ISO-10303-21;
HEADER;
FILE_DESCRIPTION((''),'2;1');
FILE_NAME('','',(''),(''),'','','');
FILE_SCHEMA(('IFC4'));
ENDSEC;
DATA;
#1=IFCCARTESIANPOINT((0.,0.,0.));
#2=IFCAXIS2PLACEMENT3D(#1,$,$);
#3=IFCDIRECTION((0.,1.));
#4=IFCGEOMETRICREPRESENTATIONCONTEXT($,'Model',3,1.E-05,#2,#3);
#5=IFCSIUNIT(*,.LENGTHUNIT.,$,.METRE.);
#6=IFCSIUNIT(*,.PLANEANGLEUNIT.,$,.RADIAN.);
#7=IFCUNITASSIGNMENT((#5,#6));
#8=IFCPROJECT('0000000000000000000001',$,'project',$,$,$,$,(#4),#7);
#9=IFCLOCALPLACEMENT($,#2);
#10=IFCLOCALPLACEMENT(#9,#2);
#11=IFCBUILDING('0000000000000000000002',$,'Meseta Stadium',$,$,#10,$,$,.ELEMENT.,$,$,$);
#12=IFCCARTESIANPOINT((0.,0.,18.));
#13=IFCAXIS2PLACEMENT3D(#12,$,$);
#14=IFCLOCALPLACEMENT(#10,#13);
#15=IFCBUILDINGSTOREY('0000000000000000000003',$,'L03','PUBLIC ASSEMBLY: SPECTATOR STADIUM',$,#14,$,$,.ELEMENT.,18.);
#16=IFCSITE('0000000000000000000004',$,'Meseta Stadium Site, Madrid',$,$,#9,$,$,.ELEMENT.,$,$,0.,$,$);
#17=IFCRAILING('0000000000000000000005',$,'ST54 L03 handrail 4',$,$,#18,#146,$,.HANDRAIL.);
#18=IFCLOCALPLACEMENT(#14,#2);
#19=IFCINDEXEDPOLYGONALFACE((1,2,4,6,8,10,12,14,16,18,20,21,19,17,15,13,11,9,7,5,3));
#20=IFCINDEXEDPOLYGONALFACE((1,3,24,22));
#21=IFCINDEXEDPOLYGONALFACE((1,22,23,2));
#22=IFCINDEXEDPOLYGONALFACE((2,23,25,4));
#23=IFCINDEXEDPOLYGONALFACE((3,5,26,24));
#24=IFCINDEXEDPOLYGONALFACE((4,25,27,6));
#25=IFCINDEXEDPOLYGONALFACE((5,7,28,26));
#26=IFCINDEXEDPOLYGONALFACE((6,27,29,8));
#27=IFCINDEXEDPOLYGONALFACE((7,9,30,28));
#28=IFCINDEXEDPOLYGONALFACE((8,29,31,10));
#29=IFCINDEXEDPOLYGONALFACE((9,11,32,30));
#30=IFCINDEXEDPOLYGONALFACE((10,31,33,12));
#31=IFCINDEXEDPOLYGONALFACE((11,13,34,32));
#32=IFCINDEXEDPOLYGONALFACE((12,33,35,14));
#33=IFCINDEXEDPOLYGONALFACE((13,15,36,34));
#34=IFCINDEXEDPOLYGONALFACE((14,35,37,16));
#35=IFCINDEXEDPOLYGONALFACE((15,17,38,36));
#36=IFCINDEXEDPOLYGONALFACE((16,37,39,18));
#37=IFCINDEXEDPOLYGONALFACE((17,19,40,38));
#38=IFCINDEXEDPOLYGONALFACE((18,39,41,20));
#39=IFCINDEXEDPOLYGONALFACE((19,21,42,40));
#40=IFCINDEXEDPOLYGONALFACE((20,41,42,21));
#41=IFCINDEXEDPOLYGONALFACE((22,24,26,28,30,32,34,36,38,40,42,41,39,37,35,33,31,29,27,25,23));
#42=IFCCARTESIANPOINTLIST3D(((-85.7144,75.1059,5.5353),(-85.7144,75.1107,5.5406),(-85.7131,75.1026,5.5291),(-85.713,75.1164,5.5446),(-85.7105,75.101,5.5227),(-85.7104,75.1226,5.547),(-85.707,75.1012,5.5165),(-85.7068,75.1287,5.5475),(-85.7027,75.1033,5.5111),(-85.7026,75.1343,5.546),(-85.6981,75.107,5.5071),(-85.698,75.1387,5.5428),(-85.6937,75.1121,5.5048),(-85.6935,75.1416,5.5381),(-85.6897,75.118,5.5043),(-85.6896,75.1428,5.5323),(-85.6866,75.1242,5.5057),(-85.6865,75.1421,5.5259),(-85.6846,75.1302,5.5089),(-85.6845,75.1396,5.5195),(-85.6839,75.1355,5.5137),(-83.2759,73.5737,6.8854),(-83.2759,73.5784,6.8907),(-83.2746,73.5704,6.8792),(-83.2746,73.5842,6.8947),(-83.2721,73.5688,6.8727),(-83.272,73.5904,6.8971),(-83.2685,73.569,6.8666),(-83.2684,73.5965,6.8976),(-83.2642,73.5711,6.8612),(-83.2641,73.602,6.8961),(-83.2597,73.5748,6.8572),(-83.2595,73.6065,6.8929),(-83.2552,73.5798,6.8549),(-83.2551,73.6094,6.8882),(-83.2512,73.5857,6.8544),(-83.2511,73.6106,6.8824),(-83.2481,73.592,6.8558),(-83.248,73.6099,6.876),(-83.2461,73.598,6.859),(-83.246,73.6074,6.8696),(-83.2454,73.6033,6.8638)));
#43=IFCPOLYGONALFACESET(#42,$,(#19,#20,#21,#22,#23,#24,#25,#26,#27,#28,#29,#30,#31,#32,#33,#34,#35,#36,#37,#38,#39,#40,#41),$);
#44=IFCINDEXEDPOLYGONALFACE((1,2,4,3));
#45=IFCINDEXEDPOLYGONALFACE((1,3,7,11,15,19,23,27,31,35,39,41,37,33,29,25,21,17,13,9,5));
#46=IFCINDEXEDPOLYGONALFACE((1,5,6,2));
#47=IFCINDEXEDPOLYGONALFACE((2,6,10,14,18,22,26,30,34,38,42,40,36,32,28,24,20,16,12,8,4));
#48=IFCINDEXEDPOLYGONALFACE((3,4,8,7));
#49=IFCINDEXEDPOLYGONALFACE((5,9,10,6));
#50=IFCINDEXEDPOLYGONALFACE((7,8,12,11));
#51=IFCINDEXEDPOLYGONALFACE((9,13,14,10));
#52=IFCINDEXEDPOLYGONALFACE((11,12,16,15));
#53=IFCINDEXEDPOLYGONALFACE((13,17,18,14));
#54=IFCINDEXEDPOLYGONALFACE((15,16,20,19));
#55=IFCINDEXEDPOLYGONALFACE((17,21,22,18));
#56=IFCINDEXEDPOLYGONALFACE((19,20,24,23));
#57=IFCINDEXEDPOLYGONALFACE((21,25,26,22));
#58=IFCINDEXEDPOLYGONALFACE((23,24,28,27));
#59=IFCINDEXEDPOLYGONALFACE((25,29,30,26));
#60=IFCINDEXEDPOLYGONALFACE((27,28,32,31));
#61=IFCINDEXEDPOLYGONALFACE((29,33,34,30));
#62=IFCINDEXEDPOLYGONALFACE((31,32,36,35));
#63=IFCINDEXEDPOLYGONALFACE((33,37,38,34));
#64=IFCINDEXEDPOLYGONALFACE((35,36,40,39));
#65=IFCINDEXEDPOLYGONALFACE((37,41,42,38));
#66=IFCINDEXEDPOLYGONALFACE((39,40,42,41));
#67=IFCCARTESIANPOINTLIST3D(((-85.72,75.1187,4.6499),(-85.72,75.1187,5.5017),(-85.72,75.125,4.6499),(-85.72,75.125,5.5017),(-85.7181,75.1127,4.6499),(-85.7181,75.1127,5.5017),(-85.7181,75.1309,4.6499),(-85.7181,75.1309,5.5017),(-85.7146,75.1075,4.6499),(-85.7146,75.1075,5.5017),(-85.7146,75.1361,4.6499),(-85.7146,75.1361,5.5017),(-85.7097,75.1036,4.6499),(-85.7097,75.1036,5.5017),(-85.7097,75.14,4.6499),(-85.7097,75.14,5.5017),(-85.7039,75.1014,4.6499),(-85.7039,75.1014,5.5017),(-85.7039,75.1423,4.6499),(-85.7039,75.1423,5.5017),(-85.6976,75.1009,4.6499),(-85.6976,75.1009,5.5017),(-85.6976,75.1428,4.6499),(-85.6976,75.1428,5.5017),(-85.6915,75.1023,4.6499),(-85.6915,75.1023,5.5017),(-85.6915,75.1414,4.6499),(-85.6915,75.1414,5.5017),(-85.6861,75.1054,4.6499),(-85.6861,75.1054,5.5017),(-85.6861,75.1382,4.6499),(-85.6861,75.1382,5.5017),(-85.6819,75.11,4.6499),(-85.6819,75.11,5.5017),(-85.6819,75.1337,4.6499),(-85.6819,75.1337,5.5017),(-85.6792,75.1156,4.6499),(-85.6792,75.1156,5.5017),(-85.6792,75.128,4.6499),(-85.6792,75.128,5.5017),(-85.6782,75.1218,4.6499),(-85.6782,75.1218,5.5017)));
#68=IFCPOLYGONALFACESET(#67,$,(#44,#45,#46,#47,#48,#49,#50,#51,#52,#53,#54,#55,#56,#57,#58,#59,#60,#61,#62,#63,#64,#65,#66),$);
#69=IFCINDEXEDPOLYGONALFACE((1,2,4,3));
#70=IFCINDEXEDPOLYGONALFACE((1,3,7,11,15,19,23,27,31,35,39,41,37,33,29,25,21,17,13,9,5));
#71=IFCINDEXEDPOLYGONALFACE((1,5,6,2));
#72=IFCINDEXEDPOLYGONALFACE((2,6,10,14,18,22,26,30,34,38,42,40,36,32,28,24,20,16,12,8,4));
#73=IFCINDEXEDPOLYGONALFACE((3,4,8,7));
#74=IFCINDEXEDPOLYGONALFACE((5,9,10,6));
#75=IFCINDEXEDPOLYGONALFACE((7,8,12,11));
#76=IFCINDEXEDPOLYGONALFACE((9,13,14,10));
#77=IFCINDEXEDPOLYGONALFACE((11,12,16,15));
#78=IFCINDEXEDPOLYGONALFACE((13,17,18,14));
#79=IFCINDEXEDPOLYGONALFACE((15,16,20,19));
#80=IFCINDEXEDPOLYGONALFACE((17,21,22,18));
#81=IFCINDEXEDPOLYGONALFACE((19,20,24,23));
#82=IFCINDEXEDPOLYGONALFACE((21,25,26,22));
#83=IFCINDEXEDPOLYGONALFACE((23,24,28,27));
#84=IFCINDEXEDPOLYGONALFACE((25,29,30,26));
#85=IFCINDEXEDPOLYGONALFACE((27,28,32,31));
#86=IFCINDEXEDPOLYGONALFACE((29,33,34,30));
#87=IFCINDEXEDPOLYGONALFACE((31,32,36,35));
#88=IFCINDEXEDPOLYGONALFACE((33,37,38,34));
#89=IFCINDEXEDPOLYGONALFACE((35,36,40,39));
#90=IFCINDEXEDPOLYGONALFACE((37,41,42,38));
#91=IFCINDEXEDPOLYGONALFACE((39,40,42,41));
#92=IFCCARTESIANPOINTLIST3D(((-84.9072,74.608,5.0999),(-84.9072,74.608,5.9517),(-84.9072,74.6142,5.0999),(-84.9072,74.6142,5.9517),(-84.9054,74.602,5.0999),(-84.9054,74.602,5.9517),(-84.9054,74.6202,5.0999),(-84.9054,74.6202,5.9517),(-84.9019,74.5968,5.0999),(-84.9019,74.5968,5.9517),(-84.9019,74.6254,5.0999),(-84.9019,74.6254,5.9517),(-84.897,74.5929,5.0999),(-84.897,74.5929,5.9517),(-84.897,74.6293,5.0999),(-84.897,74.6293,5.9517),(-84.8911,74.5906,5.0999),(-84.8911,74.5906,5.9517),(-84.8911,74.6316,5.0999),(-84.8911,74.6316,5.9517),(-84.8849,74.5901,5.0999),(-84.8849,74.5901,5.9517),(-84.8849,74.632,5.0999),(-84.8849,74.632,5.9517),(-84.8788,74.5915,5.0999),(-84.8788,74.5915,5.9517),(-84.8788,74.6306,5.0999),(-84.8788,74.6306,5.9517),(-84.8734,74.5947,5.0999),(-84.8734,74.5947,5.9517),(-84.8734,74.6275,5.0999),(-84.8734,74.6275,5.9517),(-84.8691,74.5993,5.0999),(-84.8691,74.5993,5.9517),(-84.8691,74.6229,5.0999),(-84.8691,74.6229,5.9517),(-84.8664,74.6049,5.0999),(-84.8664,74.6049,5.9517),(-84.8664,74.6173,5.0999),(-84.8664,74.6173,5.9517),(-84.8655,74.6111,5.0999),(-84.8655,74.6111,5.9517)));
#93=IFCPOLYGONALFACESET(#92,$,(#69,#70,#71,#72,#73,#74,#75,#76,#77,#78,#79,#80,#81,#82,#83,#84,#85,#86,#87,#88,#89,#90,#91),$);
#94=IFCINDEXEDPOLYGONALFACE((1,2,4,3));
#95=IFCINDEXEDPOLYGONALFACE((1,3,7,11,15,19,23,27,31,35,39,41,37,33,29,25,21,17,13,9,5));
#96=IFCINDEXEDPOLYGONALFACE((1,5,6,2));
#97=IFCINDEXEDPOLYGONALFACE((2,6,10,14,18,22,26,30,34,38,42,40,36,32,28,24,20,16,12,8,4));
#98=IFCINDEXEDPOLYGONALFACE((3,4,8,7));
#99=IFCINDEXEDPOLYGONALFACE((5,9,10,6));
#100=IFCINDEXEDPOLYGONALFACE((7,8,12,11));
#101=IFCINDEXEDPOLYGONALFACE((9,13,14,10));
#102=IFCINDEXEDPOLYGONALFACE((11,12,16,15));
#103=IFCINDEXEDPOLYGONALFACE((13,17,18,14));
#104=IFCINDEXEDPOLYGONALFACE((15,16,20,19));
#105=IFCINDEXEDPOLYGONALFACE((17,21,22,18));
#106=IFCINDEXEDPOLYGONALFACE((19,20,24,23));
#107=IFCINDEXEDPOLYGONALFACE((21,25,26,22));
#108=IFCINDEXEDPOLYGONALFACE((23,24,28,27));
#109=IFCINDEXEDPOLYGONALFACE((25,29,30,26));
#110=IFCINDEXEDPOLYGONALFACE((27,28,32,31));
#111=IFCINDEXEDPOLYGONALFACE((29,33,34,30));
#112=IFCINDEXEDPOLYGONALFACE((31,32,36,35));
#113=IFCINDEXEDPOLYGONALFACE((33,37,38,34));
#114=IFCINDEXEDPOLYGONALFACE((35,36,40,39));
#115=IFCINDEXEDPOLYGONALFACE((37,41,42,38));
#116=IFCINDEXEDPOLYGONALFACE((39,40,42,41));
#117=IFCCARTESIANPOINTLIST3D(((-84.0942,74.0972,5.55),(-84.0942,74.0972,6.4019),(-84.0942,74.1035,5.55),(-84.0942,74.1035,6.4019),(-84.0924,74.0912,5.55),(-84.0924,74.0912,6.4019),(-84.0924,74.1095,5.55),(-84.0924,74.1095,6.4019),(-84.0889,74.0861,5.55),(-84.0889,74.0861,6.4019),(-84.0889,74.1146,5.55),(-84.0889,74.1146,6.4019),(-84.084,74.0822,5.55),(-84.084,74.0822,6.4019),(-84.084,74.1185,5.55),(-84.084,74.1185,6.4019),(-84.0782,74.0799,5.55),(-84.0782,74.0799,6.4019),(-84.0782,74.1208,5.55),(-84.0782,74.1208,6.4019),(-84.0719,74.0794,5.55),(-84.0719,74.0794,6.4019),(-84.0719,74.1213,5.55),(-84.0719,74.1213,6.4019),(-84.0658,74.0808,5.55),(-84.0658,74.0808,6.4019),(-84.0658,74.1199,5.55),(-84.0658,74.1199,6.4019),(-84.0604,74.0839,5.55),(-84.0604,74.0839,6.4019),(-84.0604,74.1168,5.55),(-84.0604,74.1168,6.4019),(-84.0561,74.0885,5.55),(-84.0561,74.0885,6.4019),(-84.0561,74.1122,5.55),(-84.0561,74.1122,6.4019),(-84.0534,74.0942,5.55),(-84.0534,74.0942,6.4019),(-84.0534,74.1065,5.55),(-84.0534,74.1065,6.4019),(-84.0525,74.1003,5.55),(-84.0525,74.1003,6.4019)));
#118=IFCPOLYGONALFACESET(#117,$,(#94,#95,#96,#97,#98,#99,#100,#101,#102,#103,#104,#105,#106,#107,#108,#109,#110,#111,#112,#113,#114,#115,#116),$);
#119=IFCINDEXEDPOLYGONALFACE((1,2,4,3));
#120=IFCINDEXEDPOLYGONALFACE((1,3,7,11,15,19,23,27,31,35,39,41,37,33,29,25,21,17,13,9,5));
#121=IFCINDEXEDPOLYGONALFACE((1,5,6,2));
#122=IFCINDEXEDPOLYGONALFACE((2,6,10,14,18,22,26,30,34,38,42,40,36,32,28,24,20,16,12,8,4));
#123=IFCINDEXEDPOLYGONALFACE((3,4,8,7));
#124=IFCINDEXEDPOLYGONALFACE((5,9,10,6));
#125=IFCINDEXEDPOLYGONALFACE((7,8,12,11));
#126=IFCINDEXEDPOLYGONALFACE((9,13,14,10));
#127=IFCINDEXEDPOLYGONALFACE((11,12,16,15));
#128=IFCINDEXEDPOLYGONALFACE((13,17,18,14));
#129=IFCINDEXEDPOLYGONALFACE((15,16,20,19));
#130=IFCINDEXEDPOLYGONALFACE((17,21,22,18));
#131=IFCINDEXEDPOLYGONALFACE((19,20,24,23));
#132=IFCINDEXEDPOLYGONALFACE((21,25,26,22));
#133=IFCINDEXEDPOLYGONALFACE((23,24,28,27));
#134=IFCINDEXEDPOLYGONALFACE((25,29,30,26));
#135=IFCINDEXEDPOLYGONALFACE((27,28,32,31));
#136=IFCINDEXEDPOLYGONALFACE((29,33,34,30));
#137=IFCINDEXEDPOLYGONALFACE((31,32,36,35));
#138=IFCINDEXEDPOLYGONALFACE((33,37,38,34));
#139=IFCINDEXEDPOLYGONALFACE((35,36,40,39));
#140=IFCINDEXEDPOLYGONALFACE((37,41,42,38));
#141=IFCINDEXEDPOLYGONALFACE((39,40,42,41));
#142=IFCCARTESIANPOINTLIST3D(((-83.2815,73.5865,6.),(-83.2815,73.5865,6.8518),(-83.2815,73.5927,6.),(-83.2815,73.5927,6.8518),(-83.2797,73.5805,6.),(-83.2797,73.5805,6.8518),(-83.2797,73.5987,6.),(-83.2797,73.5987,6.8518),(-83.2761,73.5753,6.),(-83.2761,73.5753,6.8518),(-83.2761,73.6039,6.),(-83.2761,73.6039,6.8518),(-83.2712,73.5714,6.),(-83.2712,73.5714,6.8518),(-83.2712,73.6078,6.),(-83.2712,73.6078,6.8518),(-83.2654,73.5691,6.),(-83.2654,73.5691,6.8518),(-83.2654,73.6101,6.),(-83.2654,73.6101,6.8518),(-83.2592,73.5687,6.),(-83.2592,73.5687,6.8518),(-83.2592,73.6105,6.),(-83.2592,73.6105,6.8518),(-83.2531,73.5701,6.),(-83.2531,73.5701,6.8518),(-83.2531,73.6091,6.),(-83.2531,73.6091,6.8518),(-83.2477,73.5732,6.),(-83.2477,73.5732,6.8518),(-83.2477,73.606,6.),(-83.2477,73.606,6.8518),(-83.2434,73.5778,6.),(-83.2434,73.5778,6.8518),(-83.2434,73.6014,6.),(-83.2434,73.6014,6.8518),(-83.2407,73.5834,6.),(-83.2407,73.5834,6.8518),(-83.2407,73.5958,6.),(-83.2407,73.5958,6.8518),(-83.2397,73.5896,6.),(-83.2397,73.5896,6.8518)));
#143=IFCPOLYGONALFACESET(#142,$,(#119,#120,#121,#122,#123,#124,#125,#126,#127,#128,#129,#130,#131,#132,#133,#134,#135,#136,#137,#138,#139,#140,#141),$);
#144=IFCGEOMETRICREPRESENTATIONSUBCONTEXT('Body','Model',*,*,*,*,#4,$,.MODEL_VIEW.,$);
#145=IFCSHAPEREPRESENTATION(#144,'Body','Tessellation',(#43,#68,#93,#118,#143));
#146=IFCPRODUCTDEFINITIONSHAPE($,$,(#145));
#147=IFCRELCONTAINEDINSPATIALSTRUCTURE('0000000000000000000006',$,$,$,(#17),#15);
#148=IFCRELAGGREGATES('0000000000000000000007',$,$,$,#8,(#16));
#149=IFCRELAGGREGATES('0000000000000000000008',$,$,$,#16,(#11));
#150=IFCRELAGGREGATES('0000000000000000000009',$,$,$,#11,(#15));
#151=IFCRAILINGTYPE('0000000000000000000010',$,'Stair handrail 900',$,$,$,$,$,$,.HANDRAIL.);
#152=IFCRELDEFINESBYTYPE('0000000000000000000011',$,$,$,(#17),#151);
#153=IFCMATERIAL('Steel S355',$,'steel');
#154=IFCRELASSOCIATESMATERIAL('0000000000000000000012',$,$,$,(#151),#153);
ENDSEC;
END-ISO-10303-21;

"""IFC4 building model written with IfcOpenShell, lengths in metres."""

from ifc_helpers import new_model, si_unit, direction, frame, origin, origin_2d, place, context, subcontext, project, spatial, circle, extrude, material, type_object, element, save


model = new_model("IFC4")

# Units and contexts
model_context = context("Model", 3, precision=1e-05, world=origin(), true_north=direction((0.0, 1.0)))
body_context = subcontext(model_context, "Body", "Model", "MODEL_VIEW")
ifc_project = project(units=[si_unit("LENGTHUNIT", "METRE"), si_unit("PLANEANGLEUNIT", "RADIAN")], contexts=[model_context])

# Site, building, storey
site_placement = place(None, origin())
site = spatial("IfcSite", under=ifc_project, at=site_placement, Name="Meseta Stadium Site, Madrid", CompositionType="ELEMENT", RefElevation=0.0)
building_placement = place(site_placement, origin())
building = spatial("IfcBuilding", under=site, at=building_placement, Name="Meseta Stadium", CompositionType="ELEMENT")
storey_placement = place(building_placement, frame((0.0, 0.0, 18.0)))
storey = spatial("IfcBuildingStorey", under=building, at=storey_placement, Name="L03", Description="PUBLIC ASSEMBLY: SPECTATOR STADIUM", CompositionType="ELEMENT", Elevation=18.0)

# Railing
ifc_material_1 = material(Name="Steel S355", Category="steel")
railing_type_1 = type_object("IfcRailingType", Name="Stair handrail 900", PredefinedType="HANDRAIL", material=ifc_material_1)
for number, where, name in (
    (1, (-85.6992, 75.1218, 4.6499), "ST54 L03 handrail 4"),
):
    element("IfcRailing", number, at=place(storey_placement, frame(where)), inside=storey, type_object=railing_type_1, Name=name, PredefinedType="HANDRAIL", context=body_context, shape_type="SweptSolid", body=[
        extrude(circle(Radius=0.0239, at=origin_2d()), frame((0.0, 0.0, 0.876), z_axis=(0.766655, -0.481731, 0.42447), x_axis=(0.53204, 0.846719, 0.0)), (0.0, 0.0, 1.0), 3.1807),
        extrude(circle(Radius=0.021, at=origin_2d()), origin(), (0.0, 0.0, 1.0), 0.8518),
        extrude(circle(Radius=0.021, at=origin_2d()), frame((0.8127, -0.5107, 0.45)), (0.0, 0.0, 1.0), 0.8518),
        extrude(circle(Radius=0.021, at=origin_2d()), frame((1.6257, -1.0215, 0.9001)), (0.0, 0.0, 1.0), 0.8518),
        extrude(circle(Radius=0.021, at=origin_2d()), frame((2.4385, -1.5322, 1.3501)), (0.0, 0.0, 1.0), 0.8518),
    ])

save(model, "model.ifc")
